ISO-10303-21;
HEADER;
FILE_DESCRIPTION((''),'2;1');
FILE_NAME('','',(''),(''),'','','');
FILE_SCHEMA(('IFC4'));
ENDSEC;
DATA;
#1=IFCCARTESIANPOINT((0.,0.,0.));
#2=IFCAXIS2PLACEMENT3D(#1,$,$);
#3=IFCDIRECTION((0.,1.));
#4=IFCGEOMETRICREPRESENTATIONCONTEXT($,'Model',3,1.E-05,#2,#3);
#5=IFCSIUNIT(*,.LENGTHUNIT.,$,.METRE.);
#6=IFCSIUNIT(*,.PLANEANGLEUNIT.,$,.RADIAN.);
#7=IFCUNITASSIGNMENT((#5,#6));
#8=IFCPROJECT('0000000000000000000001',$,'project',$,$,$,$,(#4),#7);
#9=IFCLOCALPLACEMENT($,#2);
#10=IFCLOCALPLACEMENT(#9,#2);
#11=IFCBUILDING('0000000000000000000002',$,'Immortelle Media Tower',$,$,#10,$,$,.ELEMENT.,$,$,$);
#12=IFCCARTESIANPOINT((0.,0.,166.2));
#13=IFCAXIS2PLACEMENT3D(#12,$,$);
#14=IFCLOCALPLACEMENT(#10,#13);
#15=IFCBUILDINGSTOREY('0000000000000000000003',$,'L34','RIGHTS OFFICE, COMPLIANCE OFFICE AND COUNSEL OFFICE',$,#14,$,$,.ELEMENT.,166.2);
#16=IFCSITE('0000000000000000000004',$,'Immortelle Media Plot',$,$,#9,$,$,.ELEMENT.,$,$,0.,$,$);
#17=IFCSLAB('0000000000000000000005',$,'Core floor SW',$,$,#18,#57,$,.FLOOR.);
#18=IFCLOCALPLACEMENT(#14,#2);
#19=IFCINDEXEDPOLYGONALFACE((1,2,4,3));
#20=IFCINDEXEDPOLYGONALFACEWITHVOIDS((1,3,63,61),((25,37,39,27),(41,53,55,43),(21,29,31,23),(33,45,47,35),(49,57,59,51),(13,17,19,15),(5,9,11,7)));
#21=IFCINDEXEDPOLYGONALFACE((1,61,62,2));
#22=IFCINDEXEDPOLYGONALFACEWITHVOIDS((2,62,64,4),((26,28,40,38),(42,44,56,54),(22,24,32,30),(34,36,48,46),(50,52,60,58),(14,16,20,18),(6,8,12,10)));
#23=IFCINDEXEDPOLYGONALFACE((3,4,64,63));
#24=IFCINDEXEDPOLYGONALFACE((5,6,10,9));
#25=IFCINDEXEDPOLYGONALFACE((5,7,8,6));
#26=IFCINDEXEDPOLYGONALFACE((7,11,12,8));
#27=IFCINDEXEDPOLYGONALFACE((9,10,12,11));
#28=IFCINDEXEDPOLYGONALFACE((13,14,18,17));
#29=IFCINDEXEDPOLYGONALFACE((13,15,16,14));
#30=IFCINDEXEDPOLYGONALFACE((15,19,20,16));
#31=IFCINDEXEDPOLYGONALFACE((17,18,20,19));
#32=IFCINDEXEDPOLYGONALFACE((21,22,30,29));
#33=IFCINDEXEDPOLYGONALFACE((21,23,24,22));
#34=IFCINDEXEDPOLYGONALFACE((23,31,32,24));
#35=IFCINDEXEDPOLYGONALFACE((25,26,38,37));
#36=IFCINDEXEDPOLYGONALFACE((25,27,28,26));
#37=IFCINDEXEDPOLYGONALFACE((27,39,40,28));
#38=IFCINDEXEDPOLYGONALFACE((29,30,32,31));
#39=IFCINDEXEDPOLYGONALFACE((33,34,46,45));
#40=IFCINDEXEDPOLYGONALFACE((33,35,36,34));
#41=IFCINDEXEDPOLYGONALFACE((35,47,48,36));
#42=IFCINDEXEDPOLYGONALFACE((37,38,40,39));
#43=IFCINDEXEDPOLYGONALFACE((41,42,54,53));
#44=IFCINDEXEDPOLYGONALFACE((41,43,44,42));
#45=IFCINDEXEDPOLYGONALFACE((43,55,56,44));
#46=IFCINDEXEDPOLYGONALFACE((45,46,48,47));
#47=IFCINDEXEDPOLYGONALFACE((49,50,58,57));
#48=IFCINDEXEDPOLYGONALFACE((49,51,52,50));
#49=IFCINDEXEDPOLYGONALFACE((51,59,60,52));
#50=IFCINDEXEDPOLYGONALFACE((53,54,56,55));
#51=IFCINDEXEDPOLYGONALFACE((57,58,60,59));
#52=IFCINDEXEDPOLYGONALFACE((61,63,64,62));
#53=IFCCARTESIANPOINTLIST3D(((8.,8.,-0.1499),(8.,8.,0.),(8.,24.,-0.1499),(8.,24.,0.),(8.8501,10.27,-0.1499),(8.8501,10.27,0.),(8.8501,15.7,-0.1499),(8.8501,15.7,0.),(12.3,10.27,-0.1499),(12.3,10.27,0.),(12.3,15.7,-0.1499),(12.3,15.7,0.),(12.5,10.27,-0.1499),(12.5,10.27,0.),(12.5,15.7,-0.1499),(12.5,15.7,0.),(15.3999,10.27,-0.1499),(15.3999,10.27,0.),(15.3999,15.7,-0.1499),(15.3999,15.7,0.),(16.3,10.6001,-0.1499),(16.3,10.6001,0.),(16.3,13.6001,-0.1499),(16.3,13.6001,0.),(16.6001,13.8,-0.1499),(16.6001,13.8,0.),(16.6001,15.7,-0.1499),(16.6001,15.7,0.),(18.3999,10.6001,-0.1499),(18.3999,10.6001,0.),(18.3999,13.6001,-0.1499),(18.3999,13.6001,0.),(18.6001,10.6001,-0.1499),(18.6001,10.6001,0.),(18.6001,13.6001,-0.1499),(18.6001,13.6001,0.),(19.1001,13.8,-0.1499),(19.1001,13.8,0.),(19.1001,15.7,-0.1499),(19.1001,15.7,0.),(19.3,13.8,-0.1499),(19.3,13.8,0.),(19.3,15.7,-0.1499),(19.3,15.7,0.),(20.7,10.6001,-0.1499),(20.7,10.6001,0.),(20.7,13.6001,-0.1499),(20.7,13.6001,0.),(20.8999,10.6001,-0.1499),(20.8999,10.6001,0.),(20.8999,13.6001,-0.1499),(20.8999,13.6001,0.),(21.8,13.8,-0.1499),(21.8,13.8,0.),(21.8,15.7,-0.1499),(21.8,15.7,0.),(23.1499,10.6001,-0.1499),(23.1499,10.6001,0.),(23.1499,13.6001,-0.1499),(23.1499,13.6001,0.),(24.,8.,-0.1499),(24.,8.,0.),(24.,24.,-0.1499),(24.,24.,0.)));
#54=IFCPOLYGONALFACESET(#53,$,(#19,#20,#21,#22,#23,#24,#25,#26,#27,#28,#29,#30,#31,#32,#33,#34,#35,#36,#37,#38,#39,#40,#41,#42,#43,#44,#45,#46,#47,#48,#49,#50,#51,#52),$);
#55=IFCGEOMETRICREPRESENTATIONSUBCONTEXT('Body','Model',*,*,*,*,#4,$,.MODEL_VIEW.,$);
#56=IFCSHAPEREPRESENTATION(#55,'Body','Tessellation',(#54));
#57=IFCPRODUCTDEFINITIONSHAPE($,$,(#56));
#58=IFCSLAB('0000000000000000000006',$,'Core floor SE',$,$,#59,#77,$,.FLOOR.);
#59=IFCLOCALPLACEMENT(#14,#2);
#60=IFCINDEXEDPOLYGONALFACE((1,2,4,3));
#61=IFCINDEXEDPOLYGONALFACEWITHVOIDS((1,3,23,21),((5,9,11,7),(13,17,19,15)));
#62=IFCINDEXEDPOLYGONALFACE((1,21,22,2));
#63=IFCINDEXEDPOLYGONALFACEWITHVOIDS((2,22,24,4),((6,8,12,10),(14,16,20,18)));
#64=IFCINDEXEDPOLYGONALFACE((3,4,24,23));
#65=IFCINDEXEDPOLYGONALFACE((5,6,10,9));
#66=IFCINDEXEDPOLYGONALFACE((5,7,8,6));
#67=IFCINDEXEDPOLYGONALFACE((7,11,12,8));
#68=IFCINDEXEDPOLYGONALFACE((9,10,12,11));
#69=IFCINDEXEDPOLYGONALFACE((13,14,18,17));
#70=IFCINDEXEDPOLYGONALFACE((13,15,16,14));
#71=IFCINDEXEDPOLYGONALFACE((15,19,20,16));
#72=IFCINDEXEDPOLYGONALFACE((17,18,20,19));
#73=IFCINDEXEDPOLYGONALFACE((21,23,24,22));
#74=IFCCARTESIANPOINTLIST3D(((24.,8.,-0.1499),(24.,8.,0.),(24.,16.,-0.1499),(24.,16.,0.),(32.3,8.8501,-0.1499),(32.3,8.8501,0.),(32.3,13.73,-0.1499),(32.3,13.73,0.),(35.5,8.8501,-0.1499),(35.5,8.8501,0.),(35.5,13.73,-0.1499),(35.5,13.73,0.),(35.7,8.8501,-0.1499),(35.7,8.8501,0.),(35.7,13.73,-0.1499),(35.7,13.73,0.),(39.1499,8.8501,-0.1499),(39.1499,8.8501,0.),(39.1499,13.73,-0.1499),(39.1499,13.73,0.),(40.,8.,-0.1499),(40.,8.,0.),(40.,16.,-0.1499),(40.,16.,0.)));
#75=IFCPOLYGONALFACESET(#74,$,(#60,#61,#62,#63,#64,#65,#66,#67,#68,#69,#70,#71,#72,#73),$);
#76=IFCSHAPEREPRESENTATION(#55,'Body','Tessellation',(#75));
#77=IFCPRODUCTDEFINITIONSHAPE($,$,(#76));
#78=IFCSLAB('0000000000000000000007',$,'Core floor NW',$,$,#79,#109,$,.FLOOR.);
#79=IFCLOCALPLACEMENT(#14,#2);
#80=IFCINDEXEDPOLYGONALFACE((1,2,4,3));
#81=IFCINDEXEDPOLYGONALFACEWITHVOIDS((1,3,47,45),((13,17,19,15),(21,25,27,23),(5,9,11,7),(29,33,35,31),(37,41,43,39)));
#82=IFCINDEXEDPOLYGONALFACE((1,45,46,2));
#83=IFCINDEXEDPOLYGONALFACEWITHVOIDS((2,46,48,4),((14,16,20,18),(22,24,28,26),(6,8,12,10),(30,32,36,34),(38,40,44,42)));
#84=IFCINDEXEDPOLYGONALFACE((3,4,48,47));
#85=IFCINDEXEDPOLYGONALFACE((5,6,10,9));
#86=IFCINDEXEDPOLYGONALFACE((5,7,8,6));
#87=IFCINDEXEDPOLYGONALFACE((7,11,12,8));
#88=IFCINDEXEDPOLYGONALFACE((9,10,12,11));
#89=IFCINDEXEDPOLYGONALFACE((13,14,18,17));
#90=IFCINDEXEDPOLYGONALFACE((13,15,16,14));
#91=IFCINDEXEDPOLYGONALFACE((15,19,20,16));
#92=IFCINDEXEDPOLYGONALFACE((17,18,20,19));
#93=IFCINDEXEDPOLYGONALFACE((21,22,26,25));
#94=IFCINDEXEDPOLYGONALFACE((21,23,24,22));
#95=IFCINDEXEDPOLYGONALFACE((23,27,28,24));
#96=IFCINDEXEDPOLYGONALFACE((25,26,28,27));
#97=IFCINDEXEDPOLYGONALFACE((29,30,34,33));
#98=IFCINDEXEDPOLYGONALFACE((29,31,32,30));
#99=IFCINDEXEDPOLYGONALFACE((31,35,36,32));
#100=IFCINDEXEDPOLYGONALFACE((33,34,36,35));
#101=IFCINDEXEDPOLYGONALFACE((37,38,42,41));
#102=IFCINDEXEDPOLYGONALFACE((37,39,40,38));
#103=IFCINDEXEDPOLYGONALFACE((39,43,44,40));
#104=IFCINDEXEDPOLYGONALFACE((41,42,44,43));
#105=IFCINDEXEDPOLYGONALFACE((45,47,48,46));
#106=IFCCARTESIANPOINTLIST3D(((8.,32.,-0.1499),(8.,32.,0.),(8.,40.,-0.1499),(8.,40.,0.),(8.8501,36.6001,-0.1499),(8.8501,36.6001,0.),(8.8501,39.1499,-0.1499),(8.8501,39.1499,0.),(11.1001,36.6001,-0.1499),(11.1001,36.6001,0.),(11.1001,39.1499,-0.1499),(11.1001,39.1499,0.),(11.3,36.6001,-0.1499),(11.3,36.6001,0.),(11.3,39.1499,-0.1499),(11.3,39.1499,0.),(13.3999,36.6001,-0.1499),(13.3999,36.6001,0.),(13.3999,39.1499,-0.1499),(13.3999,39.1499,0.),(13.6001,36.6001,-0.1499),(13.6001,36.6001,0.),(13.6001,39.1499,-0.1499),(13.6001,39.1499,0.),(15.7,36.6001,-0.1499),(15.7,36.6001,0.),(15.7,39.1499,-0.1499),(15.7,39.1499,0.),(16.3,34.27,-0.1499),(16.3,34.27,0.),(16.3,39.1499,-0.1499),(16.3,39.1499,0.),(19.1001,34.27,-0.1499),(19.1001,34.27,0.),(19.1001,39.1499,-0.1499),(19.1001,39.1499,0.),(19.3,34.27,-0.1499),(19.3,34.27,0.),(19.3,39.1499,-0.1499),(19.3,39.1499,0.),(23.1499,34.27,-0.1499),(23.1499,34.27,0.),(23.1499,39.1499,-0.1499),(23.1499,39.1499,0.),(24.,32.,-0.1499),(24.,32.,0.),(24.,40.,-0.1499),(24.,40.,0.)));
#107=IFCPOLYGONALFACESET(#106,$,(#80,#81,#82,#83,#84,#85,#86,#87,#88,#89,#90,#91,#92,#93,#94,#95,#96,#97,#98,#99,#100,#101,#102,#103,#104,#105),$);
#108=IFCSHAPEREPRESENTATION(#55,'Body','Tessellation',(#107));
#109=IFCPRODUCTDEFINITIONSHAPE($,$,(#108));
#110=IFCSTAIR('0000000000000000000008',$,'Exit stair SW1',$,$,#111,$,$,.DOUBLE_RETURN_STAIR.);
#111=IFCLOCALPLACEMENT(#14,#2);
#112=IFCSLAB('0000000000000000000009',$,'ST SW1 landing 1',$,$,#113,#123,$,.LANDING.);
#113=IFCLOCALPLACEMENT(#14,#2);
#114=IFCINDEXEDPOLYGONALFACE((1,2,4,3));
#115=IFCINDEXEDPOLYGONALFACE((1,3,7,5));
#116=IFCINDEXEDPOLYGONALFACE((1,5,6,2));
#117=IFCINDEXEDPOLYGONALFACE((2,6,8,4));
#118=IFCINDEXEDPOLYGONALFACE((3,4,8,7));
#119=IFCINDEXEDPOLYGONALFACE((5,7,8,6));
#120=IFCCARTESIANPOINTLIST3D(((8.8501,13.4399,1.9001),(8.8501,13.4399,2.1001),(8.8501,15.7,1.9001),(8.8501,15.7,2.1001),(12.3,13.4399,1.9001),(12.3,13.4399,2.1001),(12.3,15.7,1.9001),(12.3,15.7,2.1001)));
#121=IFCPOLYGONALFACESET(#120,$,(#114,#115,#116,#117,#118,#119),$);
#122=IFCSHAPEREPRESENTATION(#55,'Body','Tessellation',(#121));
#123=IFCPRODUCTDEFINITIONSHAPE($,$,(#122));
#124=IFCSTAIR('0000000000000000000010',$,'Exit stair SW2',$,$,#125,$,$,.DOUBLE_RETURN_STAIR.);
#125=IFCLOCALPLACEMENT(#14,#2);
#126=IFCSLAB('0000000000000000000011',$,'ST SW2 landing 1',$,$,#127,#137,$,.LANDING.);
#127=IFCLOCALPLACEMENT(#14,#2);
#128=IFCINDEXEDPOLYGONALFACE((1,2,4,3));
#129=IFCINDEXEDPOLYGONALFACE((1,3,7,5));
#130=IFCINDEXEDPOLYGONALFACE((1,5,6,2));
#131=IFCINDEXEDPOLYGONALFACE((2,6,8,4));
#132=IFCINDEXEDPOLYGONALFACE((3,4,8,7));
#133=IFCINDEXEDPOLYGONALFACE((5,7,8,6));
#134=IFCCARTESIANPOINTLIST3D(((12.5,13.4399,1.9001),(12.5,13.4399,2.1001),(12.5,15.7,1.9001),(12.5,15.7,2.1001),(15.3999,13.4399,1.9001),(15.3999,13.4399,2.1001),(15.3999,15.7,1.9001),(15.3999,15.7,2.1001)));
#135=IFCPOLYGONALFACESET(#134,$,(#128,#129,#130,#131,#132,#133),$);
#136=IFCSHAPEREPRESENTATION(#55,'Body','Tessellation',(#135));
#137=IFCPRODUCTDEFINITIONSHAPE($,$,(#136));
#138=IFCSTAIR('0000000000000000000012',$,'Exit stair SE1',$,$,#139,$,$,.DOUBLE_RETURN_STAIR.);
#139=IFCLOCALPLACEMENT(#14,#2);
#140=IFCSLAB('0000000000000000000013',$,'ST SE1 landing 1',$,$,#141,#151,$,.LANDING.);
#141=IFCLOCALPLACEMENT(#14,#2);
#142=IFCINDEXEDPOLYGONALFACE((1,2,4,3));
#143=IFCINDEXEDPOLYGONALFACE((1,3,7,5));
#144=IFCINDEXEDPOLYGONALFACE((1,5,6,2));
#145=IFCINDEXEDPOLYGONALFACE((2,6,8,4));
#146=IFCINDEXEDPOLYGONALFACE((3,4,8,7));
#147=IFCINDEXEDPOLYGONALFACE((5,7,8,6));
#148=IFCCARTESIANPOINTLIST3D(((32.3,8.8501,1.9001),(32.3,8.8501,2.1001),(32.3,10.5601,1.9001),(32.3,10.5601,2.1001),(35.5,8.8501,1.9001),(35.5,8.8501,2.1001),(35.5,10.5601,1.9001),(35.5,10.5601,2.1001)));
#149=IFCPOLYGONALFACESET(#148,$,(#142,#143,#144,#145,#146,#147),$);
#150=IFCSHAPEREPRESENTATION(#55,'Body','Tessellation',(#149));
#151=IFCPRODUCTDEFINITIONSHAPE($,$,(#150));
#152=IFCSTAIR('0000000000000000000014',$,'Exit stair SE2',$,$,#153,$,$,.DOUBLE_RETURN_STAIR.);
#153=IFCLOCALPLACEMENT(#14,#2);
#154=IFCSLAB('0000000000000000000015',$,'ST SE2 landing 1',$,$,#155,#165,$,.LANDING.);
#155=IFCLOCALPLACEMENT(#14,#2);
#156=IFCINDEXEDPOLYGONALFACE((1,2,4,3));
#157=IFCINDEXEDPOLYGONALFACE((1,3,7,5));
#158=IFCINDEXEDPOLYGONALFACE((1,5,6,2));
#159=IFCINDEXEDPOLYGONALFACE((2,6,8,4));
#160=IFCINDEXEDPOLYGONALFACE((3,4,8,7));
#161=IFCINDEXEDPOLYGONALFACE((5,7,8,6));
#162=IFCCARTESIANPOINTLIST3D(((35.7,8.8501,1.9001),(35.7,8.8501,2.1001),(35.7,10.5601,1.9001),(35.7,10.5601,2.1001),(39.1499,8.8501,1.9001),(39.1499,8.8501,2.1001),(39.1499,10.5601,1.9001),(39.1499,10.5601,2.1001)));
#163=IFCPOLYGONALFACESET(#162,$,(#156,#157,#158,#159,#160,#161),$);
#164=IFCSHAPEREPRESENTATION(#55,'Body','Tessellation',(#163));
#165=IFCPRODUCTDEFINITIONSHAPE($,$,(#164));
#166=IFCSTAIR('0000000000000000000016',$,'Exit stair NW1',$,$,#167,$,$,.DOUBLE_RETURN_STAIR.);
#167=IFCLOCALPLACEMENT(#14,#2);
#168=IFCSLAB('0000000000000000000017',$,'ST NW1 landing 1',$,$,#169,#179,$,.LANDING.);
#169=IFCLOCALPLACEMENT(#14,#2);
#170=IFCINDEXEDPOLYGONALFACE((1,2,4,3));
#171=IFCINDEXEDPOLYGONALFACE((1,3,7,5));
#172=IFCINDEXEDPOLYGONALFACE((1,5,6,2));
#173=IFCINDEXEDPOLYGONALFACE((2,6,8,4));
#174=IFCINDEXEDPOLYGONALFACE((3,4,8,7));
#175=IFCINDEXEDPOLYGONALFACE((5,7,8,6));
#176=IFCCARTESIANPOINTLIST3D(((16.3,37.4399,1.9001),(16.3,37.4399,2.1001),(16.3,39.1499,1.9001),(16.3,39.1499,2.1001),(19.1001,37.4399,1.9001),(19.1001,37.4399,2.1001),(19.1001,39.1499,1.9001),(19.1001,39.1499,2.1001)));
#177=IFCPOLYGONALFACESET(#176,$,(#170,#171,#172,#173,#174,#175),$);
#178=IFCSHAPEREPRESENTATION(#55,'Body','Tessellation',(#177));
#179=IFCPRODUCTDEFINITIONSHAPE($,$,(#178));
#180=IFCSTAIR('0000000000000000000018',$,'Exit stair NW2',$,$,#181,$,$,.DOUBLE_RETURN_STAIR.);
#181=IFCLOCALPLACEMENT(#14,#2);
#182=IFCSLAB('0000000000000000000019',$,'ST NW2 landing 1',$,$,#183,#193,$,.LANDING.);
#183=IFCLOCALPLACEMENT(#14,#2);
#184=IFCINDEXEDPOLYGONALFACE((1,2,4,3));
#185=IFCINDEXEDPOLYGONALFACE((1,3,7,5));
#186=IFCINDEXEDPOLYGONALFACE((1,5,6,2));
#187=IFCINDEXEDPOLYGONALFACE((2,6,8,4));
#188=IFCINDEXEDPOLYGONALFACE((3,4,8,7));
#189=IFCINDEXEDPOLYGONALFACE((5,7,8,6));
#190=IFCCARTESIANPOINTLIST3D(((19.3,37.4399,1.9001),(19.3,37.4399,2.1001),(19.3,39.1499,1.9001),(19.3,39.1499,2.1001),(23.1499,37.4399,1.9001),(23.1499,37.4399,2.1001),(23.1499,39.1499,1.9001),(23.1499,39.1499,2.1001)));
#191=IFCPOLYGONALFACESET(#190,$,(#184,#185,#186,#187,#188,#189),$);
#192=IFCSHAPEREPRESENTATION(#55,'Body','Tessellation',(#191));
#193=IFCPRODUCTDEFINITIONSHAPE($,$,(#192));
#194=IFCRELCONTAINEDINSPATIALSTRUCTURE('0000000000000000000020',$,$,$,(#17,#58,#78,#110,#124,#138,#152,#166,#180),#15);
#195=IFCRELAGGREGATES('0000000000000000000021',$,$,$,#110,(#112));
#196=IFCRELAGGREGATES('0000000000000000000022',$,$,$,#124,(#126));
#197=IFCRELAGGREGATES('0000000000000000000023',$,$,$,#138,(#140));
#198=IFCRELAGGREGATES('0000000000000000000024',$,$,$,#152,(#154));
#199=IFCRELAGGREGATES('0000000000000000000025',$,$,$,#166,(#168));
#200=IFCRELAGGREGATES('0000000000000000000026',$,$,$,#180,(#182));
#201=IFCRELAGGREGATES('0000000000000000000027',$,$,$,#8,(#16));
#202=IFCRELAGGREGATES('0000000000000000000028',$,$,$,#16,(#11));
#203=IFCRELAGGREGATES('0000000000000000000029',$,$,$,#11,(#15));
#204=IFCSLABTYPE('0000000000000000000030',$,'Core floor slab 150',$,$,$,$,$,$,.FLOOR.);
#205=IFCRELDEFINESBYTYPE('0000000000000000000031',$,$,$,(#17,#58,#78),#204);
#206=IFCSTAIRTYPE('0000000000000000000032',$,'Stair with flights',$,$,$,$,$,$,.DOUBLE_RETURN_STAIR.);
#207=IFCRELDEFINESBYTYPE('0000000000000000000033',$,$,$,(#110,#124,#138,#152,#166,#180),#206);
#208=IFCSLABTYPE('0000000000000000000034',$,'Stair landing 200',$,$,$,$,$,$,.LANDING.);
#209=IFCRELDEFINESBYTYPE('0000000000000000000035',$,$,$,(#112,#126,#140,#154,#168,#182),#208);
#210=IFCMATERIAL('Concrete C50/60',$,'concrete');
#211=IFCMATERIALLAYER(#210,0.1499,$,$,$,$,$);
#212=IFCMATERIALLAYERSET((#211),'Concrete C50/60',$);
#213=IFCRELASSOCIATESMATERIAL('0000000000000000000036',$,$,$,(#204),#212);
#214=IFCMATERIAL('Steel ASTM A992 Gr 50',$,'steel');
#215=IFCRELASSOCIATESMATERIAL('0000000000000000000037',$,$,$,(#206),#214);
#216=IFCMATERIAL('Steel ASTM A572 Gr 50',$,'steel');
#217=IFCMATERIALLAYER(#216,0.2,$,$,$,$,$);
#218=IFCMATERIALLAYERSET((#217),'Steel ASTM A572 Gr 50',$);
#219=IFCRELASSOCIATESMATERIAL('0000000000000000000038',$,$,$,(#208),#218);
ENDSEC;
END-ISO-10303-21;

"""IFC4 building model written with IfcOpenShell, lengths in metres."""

from ifc_helpers import new_model, si_unit, direction, frame, origin, place, context, subcontext, project, spatial, polyline, outline, extrude, material, layer, layer_set, type_object, element, aggregate, save


model = new_model("IFC4")

# Units and contexts
model_context = context("Model", 3, precision=1e-05, world=origin(), true_north=direction((0.0, 1.0)))
body_context = subcontext(model_context, "Body", "Model", "MODEL_VIEW")
ifc_project = project(units=[si_unit("LENGTHUNIT", "METRE"), si_unit("PLANEANGLEUNIT", "RADIAN")], contexts=[model_context])

# Site, building, storey
site_placement = place(None, origin())
site = spatial("IfcSite", under=ifc_project, at=site_placement, Name="Immortelle Media Plot", CompositionType="ELEMENT", RefElevation=0.0)
building_placement = place(site_placement, origin())
building = spatial("IfcBuilding", under=site, at=building_placement, Name="Immortelle Media Tower", CompositionType="ELEMENT")
storey_placement = place(building_placement, frame((0.0, 0.0, 166.2)))
storey = spatial("IfcBuildingStorey", under=building, at=storey_placement, Name="L34", Description="RIGHTS OFFICE, COMPLIANCE OFFICE AND COUNSEL OFFICE", CompositionType="ELEMENT", Elevation=166.2)

# Slabs
ifc_material_1 = material(Name="Concrete C50/60", Category="concrete")
ifc_layer_1 = layer(ifc_material_1, 0.1499)
ifc_layer_set_1 = layer_set([ifc_layer_1], Name="Concrete C50/60")
slab_type_1 = type_object("IfcSlabType", Name="Core floor slab 150", PredefinedType="FLOOR", material=ifc_layer_set_1)
slab_1_placement = place(storey_placement, frame((0.0, 0.0, -0.1499)))
element("IfcSlab", 1, at=slab_1_placement, inside=storey, type_object=slab_type_1, Name="Core floor SW", PredefinedType="FLOOR", context=body_context, shape_type="SweptSolid", body=[
    extrude(outline(polyline([(8.0, 8.0), (24.0, 8.0), (24.0, 24.0), (8.0, 24.0), (8.0, 8.0)]), holes=[polyline([(16.6001, 13.8), (19.1001, 13.8), (19.1001, 15.7), (16.6001, 15.7), (16.6001, 13.8)]), polyline([(19.3, 13.8), (21.8, 13.8), (21.8, 15.7), (19.3, 15.7), (19.3, 13.8)]), polyline([(16.3, 10.6001), (18.3999, 10.6001), (18.3999, 13.6001), (16.3, 13.6001), (16.3, 10.6001)]), polyline([(18.6001, 10.6001), (20.7, 10.6001), (20.7, 13.6001), (18.6001, 13.6001), (18.6001, 10.6001)]), polyline([(20.8999, 10.6001), (23.1499, 10.6001), (23.1499, 13.6001), (20.8999, 13.6001), (20.8999, 10.6001)]), polyline([(8.8501, 10.27), (12.3, 10.27), (12.3, 15.7), (8.8501, 15.7), (8.8501, 10.27)]), polyline([(12.5, 10.27), (15.3999, 10.27), (15.3999, 15.7), (12.5, 15.7), (12.5, 10.27)])]), origin(), (0.0, 0.0, 1.0), 0.1499),
])
slab_2_placement = place(storey_placement, frame((0.0, 0.0, -0.1499)))
element("IfcSlab", 2, at=slab_2_placement, inside=storey, type_object=slab_type_1, Name="Core floor SE", PredefinedType="FLOOR", context=body_context, shape_type="SweptSolid", body=[
    extrude(outline(polyline([(24.0, 8.0), (40.0, 8.0), (40.0, 16.0), (24.0, 16.0), (24.0, 8.0)]), holes=[polyline([(32.3, 8.8501), (35.5, 8.8501), (35.5, 13.73), (32.3, 13.73), (32.3, 8.8501)]), polyline([(35.7, 8.8501), (39.1499, 8.8501), (39.1499, 13.73), (35.7, 13.73), (35.7, 8.8501)])]), origin(), (0.0, 0.0, 1.0), 0.1499),
])
slab_3_placement = place(storey_placement, frame((0.0, 0.0, -0.1499)))
element("IfcSlab", 3, at=slab_3_placement, inside=storey, type_object=slab_type_1, Name="Core floor NW", PredefinedType="FLOOR", context=body_context, shape_type="SweptSolid", body=[
    extrude(outline(polyline([(8.0, 32.0), (24.0, 32.0), (24.0, 40.0), (8.0, 40.0), (8.0, 32.0)]), holes=[polyline([(8.8501, 36.6001), (11.1001, 36.6001), (11.1001, 39.1499), (8.8501, 39.1499), (8.8501, 36.6001)]), polyline([(11.3, 36.6001), (13.3999, 36.6001), (13.3999, 39.1499), (11.3, 39.1499), (11.3, 36.6001)]), polyline([(13.6001, 36.6001), (15.7, 36.6001), (15.7, 39.1499), (13.6001, 39.1499), (13.6001, 36.6001)]), polyline([(16.3, 34.27), (19.1001, 34.27), (19.1001, 39.1499), (16.3, 39.1499), (16.3, 34.27)]), polyline([(19.3, 34.27), (23.1499, 34.27), (23.1499, 39.1499), (19.3, 39.1499), (19.3, 34.27)])]), origin(), (0.0, 0.0, 1.0), 0.1499),
])

# Stairs, slabs
ifc_material_2 = material(Name="Steel ASTM A992 Gr 50", Category="steel")
stair_type = type_object("IfcStairType", Name="Stair with flights", PredefinedType="DOUBLE_RETURN_STAIR", material=ifc_material_2)
stair_1_placement = place(storey_placement, origin())
stair_1 = element("IfcStair", 4, at=stair_1_placement, inside=storey, type_object=stair_type, Name="Exit stair SW1", PredefinedType="DOUBLE_RETURN_STAIR")
ifc_material_3 = material(Name="Steel ASTM A572 Gr 50", Category="steel")
ifc_layer_2 = layer(ifc_material_3, 0.2)
ifc_layer_set_2 = layer_set([ifc_layer_2], Name="Steel ASTM A572 Gr 50")
slab_type_2 = type_object("IfcSlabType", Name="Stair landing 200", PredefinedType="LANDING", material=ifc_layer_set_2)
slab_4_placement = place(storey_placement, frame((0.0, 0.0, 1.9001)))
slab_4 = element("IfcSlab", 5, at=slab_4_placement, type_object=slab_type_2, Name="ST SW1 landing 1", PredefinedType="LANDING", context=body_context, shape_type="SweptSolid", body=[
    extrude(outline(polyline([(8.8501, 13.4399), (12.3, 13.4399), (12.3, 15.7), (8.8501, 15.7), (8.8501, 13.4399)])), origin(), (0.0, 0.0, 1.0), 0.2),
])
aggregate(stair_1, [slab_4])
stair_2_placement = place(storey_placement, origin())
stair_2 = element("IfcStair", 6, at=stair_2_placement, inside=storey, type_object=stair_type, Name="Exit stair SW2", PredefinedType="DOUBLE_RETURN_STAIR")
slab_5_placement = place(storey_placement, frame((0.0, 0.0, 1.9001)))
slab_5 = element("IfcSlab", 7, at=slab_5_placement, type_object=slab_type_2, Name="ST SW2 landing 1", PredefinedType="LANDING", context=body_context, shape_type="SweptSolid", body=[
    extrude(outline(polyline([(12.5, 13.4399), (15.3999, 13.4399), (15.3999, 15.7), (12.5, 15.7), (12.5, 13.4399)])), origin(), (0.0, 0.0, 1.0), 0.2),
])
aggregate(stair_2, [slab_5])
stair_3_placement = place(storey_placement, origin())
stair_3 = element("IfcStair", 8, at=stair_3_placement, inside=storey, type_object=stair_type, Name="Exit stair SE1", PredefinedType="DOUBLE_RETURN_STAIR")
slab_6_placement = place(storey_placement, frame((0.0, 0.0, 1.9001)))
slab_6 = element("IfcSlab", 9, at=slab_6_placement, type_object=slab_type_2, Name="ST SE1 landing 1", PredefinedType="LANDING", context=body_context, shape_type="SweptSolid", body=[
    extrude(outline(polyline([(32.3, 8.8501), (35.5, 8.8501), (35.5, 10.5601), (32.3, 10.5601), (32.3, 8.8501)])), origin(), (0.0, 0.0, 1.0), 0.2),
])
aggregate(stair_3, [slab_6])
stair_4_placement = place(storey_placement, origin())
stair_4 = element("IfcStair", 10, at=stair_4_placement, inside=storey, type_object=stair_type, Name="Exit stair SE2", PredefinedType="DOUBLE_RETURN_STAIR")
slab_7_placement = place(storey_placement, frame((0.0, 0.0, 1.9001)))
slab_7 = element("IfcSlab", 11, at=slab_7_placement, type_object=slab_type_2, Name="ST SE2 landing 1", PredefinedType="LANDING", context=body_context, shape_type="SweptSolid", body=[
    extrude(outline(polyline([(35.7, 8.8501), (39.1499, 8.8501), (39.1499, 10.5601), (35.7, 10.5601), (35.7, 8.8501)])), origin(), (0.0, 0.0, 1.0), 0.2),
])
aggregate(stair_4, [slab_7])
stair_5_placement = place(storey_placement, origin())
stair_5 = element("IfcStair", 12, at=stair_5_placement, inside=storey, type_object=stair_type, Name="Exit stair NW1", PredefinedType="DOUBLE_RETURN_STAIR")
slab_8_placement = place(storey_placement, frame((0.0, 0.0, 1.9001)))
slab_8 = element("IfcSlab", 13, at=slab_8_placement, type_object=slab_type_2, Name="ST NW1 landing 1", PredefinedType="LANDING", context=body_context, shape_type="SweptSolid", body=[
    extrude(outline(polyline([(16.3, 37.4399), (19.1001, 37.4399), (19.1001, 39.1499), (16.3, 39.1499), (16.3, 37.4399)])), origin(), (0.0, 0.0, 1.0), 0.2),
])
aggregate(stair_5, [slab_8])
stair_6_placement = place(storey_placement, origin())
stair_6 = element("IfcStair", 14, at=stair_6_placement, inside=storey, type_object=stair_type, Name="Exit stair NW2", PredefinedType="DOUBLE_RETURN_STAIR")
slab_9_placement = place(storey_placement, frame((0.0, 0.0, 1.9001)))
slab_9 = element("IfcSlab", 15, at=slab_9_placement, type_object=slab_type_2, Name="ST NW2 landing 1", PredefinedType="LANDING", context=body_context, shape_type="SweptSolid", body=[
    extrude(outline(polyline([(19.3, 37.4399), (23.1499, 37.4399), (23.1499, 39.1499), (19.3, 39.1499), (19.3, 37.4399)])), origin(), (0.0, 0.0, 1.0), 0.2),
])
aggregate(stair_6, [slab_9])

save(model, "model.ifc")
